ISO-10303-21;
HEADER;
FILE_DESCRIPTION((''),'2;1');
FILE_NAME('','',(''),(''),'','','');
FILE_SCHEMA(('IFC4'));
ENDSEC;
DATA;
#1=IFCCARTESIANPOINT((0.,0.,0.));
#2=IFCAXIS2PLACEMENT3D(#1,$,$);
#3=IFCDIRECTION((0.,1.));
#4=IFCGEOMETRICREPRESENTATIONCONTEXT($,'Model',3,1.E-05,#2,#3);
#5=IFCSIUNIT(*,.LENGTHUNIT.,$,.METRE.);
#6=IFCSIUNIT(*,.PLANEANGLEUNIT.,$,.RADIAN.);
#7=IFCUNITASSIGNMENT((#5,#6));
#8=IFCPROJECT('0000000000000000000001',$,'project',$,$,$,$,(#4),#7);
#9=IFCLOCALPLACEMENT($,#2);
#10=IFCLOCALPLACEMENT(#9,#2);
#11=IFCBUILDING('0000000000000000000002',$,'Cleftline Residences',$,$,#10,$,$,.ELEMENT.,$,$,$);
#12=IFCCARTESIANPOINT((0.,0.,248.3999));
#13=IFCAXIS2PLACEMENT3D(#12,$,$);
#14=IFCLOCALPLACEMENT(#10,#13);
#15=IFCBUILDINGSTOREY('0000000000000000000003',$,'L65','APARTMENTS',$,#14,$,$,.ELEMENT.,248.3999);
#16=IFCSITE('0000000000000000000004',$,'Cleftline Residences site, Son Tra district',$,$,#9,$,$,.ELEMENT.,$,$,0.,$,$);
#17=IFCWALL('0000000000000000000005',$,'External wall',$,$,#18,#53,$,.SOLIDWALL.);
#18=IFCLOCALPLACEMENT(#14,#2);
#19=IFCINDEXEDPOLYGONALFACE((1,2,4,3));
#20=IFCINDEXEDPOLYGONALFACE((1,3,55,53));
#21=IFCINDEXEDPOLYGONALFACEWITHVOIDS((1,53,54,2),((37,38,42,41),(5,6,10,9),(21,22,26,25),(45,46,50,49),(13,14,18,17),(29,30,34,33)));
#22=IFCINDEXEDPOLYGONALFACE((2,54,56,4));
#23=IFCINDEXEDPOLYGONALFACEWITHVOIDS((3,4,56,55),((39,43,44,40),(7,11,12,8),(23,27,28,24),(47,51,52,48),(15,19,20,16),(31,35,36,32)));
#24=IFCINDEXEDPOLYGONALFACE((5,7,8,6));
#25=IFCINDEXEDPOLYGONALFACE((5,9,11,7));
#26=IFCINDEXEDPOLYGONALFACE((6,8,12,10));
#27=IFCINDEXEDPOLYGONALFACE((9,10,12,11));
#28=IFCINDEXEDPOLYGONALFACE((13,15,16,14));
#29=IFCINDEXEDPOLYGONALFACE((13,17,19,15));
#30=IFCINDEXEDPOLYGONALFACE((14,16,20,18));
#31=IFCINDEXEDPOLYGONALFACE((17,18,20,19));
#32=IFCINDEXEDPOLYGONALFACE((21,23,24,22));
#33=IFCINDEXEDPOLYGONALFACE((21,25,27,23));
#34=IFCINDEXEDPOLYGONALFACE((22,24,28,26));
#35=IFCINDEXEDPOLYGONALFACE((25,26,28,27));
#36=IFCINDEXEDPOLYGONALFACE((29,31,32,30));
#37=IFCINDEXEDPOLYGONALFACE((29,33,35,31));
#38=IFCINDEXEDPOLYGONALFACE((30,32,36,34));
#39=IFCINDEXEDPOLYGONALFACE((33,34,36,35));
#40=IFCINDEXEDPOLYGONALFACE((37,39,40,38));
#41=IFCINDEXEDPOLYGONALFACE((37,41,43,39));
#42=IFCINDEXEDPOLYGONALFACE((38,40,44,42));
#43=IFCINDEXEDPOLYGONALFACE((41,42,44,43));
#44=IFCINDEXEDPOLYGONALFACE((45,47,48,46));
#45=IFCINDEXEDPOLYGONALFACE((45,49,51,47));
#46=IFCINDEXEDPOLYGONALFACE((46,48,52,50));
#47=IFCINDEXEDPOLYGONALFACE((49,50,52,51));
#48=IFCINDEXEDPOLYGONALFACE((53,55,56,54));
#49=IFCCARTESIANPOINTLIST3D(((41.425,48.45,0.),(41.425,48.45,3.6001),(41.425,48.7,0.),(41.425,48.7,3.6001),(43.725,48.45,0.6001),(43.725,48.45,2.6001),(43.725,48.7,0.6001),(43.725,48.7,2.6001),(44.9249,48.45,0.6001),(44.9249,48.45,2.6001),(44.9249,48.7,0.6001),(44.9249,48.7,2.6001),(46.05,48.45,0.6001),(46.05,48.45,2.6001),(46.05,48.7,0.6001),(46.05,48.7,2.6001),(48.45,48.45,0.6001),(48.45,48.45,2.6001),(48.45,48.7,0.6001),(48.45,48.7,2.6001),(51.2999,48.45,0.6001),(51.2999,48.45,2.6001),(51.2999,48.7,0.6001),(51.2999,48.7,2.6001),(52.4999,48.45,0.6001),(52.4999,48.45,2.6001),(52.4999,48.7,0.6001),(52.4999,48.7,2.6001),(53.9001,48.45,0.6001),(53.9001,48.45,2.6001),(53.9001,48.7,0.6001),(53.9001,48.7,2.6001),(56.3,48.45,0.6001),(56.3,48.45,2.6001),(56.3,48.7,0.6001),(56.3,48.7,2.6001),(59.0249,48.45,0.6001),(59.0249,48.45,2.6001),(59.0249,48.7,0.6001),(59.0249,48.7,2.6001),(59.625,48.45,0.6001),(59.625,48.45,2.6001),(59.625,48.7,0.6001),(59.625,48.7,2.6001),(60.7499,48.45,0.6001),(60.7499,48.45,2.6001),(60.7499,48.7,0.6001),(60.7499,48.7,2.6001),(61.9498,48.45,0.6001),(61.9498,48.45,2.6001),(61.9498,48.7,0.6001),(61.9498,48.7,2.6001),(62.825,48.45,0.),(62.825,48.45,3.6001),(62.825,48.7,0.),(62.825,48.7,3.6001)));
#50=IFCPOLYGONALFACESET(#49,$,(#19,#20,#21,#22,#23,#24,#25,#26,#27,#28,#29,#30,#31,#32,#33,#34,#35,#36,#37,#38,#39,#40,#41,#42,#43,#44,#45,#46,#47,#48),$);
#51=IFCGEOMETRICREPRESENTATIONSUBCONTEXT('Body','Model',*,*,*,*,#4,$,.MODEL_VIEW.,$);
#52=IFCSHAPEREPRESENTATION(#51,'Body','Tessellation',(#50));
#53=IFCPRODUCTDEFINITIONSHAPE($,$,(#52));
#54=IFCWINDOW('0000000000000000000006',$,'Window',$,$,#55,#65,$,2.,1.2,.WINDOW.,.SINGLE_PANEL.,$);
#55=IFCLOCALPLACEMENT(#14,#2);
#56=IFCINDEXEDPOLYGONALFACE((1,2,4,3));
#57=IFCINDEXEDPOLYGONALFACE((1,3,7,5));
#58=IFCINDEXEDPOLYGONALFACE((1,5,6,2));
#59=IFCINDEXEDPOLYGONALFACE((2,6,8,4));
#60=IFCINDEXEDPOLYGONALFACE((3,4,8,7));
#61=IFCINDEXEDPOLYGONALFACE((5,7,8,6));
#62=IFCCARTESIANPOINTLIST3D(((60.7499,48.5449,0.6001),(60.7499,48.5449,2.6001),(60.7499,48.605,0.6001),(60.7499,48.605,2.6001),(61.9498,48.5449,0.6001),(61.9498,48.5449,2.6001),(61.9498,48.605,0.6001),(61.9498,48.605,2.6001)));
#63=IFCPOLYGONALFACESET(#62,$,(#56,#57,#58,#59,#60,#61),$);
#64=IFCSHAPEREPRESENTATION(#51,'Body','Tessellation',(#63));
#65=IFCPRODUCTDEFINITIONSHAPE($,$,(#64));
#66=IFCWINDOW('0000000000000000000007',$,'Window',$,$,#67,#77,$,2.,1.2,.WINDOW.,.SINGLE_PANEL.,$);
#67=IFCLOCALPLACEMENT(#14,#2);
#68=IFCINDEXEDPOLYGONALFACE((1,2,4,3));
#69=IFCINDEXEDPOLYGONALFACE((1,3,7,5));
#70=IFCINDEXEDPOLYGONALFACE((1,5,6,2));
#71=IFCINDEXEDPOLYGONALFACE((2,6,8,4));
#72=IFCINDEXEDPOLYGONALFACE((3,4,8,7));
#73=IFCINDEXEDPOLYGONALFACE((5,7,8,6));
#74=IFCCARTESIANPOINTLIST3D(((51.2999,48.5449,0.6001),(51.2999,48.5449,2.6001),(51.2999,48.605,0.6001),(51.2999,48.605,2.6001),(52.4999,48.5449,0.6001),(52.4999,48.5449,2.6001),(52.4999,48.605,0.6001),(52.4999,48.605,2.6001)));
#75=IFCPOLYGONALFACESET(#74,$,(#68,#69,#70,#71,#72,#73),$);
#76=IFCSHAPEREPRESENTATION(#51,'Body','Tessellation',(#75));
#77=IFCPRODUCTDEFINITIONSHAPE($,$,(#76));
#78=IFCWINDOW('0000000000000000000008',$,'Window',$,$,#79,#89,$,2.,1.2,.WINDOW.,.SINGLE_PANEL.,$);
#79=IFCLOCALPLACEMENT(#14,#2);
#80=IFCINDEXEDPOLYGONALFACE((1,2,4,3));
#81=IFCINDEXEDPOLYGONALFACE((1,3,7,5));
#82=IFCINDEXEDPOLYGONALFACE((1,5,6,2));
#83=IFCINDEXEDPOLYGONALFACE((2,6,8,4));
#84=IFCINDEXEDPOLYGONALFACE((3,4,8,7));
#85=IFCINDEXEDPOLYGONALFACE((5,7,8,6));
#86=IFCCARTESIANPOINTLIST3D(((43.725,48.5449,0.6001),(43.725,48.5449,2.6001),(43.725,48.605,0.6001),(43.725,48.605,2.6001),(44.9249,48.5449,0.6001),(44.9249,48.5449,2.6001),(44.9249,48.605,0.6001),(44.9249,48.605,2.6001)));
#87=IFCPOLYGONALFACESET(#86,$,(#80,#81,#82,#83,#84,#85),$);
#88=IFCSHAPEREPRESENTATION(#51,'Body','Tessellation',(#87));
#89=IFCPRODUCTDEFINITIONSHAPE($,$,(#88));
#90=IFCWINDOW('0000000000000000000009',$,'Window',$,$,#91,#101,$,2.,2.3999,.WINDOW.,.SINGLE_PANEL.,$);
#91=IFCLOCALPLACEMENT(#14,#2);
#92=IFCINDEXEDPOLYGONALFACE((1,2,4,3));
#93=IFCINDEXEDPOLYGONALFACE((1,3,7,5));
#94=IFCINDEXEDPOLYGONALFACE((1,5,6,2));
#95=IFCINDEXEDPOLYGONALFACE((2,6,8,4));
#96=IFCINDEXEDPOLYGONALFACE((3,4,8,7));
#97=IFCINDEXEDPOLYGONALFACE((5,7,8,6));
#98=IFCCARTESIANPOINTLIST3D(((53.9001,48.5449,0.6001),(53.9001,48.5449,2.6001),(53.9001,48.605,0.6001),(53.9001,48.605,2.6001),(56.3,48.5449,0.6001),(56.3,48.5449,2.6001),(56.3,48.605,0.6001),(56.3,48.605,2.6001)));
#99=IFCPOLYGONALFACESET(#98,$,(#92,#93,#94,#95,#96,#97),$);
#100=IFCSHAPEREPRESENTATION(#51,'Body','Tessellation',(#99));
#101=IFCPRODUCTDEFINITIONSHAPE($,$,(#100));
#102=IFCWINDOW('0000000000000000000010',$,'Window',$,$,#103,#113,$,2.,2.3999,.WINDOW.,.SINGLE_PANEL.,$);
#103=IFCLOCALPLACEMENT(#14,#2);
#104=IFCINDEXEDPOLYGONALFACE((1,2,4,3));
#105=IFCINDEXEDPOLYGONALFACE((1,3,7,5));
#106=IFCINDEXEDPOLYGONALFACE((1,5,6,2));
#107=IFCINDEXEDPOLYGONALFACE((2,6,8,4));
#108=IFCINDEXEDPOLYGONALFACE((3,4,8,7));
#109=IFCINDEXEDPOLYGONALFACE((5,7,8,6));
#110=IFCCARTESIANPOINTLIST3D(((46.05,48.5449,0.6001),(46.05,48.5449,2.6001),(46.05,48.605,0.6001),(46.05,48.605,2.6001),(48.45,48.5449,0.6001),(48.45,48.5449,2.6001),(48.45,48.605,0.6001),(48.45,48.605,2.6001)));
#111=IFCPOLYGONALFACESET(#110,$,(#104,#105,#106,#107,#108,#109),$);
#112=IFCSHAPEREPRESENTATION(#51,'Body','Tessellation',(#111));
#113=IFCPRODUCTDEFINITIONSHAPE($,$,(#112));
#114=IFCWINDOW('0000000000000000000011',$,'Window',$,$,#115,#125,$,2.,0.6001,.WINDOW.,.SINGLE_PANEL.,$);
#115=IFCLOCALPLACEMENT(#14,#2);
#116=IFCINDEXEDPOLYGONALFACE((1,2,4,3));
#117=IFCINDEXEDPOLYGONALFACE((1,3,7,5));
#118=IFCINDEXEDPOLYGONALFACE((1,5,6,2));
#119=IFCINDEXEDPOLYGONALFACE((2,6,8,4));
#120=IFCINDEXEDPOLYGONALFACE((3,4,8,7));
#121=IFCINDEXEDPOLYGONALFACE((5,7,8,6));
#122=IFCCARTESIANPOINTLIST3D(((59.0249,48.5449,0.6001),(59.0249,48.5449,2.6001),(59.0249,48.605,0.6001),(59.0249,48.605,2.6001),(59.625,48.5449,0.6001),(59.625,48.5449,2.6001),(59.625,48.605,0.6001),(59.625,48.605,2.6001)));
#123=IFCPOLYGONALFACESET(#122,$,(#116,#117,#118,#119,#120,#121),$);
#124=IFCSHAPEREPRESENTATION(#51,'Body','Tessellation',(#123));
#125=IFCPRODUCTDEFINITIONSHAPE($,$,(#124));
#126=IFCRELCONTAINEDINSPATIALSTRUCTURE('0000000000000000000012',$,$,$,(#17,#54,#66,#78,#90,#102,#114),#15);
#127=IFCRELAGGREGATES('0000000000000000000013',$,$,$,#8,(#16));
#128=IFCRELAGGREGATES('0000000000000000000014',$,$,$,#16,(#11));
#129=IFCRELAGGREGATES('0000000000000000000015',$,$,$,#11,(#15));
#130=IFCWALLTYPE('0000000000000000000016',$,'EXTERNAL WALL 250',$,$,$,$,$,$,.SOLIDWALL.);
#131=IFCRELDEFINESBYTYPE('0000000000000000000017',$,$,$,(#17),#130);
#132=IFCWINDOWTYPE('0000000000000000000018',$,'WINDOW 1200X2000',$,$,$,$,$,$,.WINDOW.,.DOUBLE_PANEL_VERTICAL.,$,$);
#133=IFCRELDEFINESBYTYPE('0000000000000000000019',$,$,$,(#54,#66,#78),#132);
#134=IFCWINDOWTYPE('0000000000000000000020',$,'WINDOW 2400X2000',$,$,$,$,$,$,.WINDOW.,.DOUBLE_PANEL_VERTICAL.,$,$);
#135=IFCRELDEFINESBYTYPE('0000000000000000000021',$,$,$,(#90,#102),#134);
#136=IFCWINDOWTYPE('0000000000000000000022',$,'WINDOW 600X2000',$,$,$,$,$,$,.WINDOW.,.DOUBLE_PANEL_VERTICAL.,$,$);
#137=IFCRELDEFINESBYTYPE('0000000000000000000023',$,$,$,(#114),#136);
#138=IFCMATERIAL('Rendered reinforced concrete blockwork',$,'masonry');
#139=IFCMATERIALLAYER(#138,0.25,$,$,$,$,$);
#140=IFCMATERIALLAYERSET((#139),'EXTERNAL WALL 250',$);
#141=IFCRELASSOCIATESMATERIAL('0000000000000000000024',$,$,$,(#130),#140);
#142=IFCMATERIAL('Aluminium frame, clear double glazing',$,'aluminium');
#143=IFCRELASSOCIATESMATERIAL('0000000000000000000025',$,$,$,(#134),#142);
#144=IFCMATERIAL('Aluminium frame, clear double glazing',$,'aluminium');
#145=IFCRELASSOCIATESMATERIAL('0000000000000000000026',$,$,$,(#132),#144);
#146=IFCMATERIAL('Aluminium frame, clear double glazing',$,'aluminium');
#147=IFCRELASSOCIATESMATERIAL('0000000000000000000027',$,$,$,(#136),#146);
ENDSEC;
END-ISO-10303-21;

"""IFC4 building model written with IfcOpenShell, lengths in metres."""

from ifc_helpers import new_model, si_unit, direction, frame, frame_2d, origin, place, context, subcontext, project, spatial, rectangle, extrude, material, layer, layer_set, type_object, element, fill, save


model = new_model("IFC4")

# Units and contexts
model_context = context("Model", 3, precision=1e-05, world=origin(), true_north=direction((0.0, 1.0)))
body_context = subcontext(model_context, "Body", "Model", "MODEL_VIEW")
ifc_project = project(units=[si_unit("LENGTHUNIT", "METRE"), si_unit("PLANEANGLEUNIT", "RADIAN")], contexts=[model_context])

# Site, building, storey
site_placement = place(None, origin())
site = spatial("IfcSite", under=ifc_project, at=site_placement, Name="Cleftline Residences site, Son Tra district", CompositionType="ELEMENT", RefElevation=0.0)
building_placement = place(site_placement, origin())
building = spatial("IfcBuilding", under=site, at=building_placement, Name="Cleftline Residences", CompositionType="ELEMENT")
storey_placement = place(building_placement, frame((0.0, 0.0, 248.3999)))
storey = spatial("IfcBuildingStorey", under=building, at=storey_placement, Name="L65", Description="APARTMENTS", CompositionType="ELEMENT", Elevation=248.3999)

# Shared definitions
ifc_material_1 = material(Name="Rendered reinforced concrete blockwork", Category="masonry")
ifc_layer_1 = layer(ifc_material_1, 0.25)
ifc_layer_set_1 = layer_set([ifc_layer_1], Name="EXTERNAL WALL 250")
wall_type_1 = type_object("IfcWallType", Name="EXTERNAL WALL 250", PredefinedType="SOLIDWALL", material=ifc_layer_set_1)
ifc_material_2 = material(Name="Aluminium frame, clear double glazing", Category="aluminium")
window_type_1 = type_object("IfcWindowType", Name="WINDOW 2400X2000", PartitioningType="DOUBLE_PANEL_VERTICAL", PredefinedType="WINDOW", material=ifc_material_2)

# Wall, openings, windows
wall_1_placement = place(storey_placement, frame((62.825, 48.575, 0.0), z_axis=(0.0, 0.0, 1.0), x_axis=(-1.0, 0.0, 0.0)))
wall_1 = element("IfcWall", 1, at=wall_1_placement, inside=storey, type_object=wall_type_1, Name="External wall", PredefinedType="SOLIDWALL", context=body_context, shape_type="SweptSolid", body=[
    extrude(rectangle(XDim=21.3999, YDim=0.25, at=frame_2d((10.7, 0.0))), origin(), (0.0, 0.0, 1.0), 3.6001),
])
opening_1_placement = place(wall_1_placement, frame((0.875, 0.0, 0.6001)))
opening_1 = element("IfcOpeningElement", 2, at=opening_1_placement, cuts=wall_1, PredefinedType="OPENING", context=body_context, shape_type="SweptSolid", body=[
    extrude(rectangle(XDim=1.2, YDim=2.0, at=frame_2d((0.6001, 1.0))), frame((0.0, 0.135, 0.0), z_axis=(0.0, -1.0, 0.0), x_axis=(1.0, 0.0, 0.0)), (0.0, 0.0, 1.0), 0.27),
])
opening_2_placement = place(wall_1_placement, frame((3.2, 0.0, 0.6001)))
opening_2 = element("IfcOpeningElement", 3, at=opening_2_placement, cuts=wall_1, PredefinedType="OPENING", context=body_context, shape_type="SweptSolid", body=[
    extrude(rectangle(XDim=0.6001, YDim=2.0, at=frame_2d((0.3, 1.0))), frame((0.0, 0.135, 0.0), z_axis=(0.0, -1.0, 0.0), x_axis=(1.0, 0.0, 0.0)), (0.0, 0.0, 1.0), 0.27),
])
opening_3_placement = place(wall_1_placement, frame((6.5249, 0.0, 0.6001)))
opening_3 = element("IfcOpeningElement", 4, at=opening_3_placement, cuts=wall_1, PredefinedType="OPENING", context=body_context, shape_type="SweptSolid", body=[
    extrude(rectangle(XDim=2.3999, YDim=2.0, at=frame_2d((1.2, 1.0))), frame((0.0, 0.135, 0.0), z_axis=(0.0, -1.0, 0.0), x_axis=(1.0, 0.0, 0.0)), (0.0, 0.0, 1.0), 0.27),
])
opening_4_placement = place(wall_1_placement, frame((10.325, 0.0, 0.6001)))
opening_4 = element("IfcOpeningElement", 5, at=opening_4_placement, cuts=wall_1, PredefinedType="OPENING", context=body_context, shape_type="SweptSolid", body=[
    extrude(rectangle(XDim=1.2, YDim=2.0, at=frame_2d((0.6001, 1.0))), frame((0.0, 0.135, 0.0), z_axis=(0.0, -1.0, 0.0), x_axis=(1.0, 0.0, 0.0)), (0.0, 0.0, 1.0), 0.27),
])
opening_5_placement = place(wall_1_placement, frame((14.375, 0.0, 0.6001)))
opening_5 = element("IfcOpeningElement", 6, at=opening_5_placement, cuts=wall_1, PredefinedType="OPENING", context=body_context, shape_type="SweptSolid", body=[
    extrude(rectangle(XDim=2.3999, YDim=2.0, at=frame_2d((1.2, 1.0))), frame((0.0, 0.135, 0.0), z_axis=(0.0, -1.0, 0.0), x_axis=(1.0, 0.0, 0.0)), (0.0, 0.0, 1.0), 0.27),
])
opening_6_placement = place(wall_1_placement, frame((17.8999, 0.0, 0.6001)))
opening_6 = element("IfcOpeningElement", 7, at=opening_6_placement, cuts=wall_1, PredefinedType="OPENING", context=body_context, shape_type="SweptSolid", body=[
    extrude(rectangle(XDim=1.2, YDim=2.0, at=frame_2d((0.6001, 1.0))), frame((0.0, 0.135, 0.0), z_axis=(0.0, -1.0, 0.0), x_axis=(1.0, 0.0, 0.0)), (0.0, 0.0, 1.0), 0.27),
])
ifc_material_3 = material(Name="Aluminium frame, clear double glazing", Category="aluminium")
window_type_2 = type_object("IfcWindowType", Name="WINDOW 1200X2000", PartitioningType="DOUBLE_PANEL_VERTICAL", PredefinedType="WINDOW", material=ifc_material_3)
window_1_placement = place(opening_1_placement, origin())
window_1 = element("IfcWindow", 8, at=window_1_placement, inside=storey, type_object=window_type_2, Name="Window", OverallHeight=2.0, OverallWidth=1.2, PartitioningType="SINGLE_PANEL", PredefinedType="WINDOW", context=body_context, shape_type="SweptSolid", body=[
    extrude(rectangle(XDim=1.2, YDim=2.0, at=frame_2d((0.6001, 1.0))), frame((0.0, 0.03, 0.0), z_axis=(0.0, -1.0, 0.0), x_axis=(1.0, 0.0, 0.0)), (0.0, 0.0, 1.0), 0.0601),
])
fill(opening_1, window_1)
window_2_placement = place(opening_4_placement, origin())
window_2 = element("IfcWindow", 9, at=window_2_placement, inside=storey, type_object=window_type_2, Name="Window", OverallHeight=2.0, OverallWidth=1.2, PartitioningType="SINGLE_PANEL", PredefinedType="WINDOW", context=body_context, shape_type="SweptSolid", body=[
    extrude(rectangle(XDim=1.2, YDim=2.0, at=frame_2d((0.6001, 1.0))), frame((0.0, 0.03, 0.0), z_axis=(0.0, -1.0, 0.0), x_axis=(1.0, 0.0, 0.0)), (0.0, 0.0, 1.0), 0.0601),
])
fill(opening_4, window_2)
window_3_placement = place(opening_6_placement, origin())
window_3 = element("IfcWindow", 10, at=window_3_placement, inside=storey, type_object=window_type_2, Name="Window", OverallHeight=2.0, OverallWidth=1.2, PartitioningType="SINGLE_PANEL", PredefinedType="WINDOW", context=body_context, shape_type="SweptSolid", body=[
    extrude(rectangle(XDim=1.2, YDim=2.0, at=frame_2d((0.6001, 1.0))), frame((0.0, 0.03, 0.0), z_axis=(0.0, -1.0, 0.0), x_axis=(1.0, 0.0, 0.0)), (0.0, 0.0, 1.0), 0.0601),
])
fill(opening_6, window_3)
window_4_placement = place(opening_3_placement, origin())
window_4 = element("IfcWindow", 11, at=window_4_placement, inside=storey, type_object=window_type_1, Name="Window", OverallHeight=2.0, OverallWidth=2.3999, PartitioningType="SINGLE_PANEL", PredefinedType="WINDOW", context=body_context, shape_type="SweptSolid", body=[
    extrude(rectangle(XDim=2.3999, YDim=2.0, at=frame_2d((1.2, 1.0))), frame((0.0, 0.03, 0.0), z_axis=(0.0, -1.0, 0.0), x_axis=(1.0, 0.0, 0.0)), (0.0, 0.0, 1.0), 0.0601),
])
fill(opening_3, window_4)
window_5_placement = place(opening_5_placement, origin())
window_5 = element("IfcWindow", 12, at=window_5_placement, inside=storey, type_object=window_type_1, Name="Window", OverallHeight=2.0, OverallWidth=2.3999, PartitioningType="SINGLE_PANEL", PredefinedType="WINDOW", context=body_context, shape_type="SweptSolid", body=[
    extrude(rectangle(XDim=2.3999, YDim=2.0, at=frame_2d((1.2, 1.0))), frame((0.0, 0.03, 0.0), z_axis=(0.0, -1.0, 0.0), x_axis=(1.0, 0.0, 0.0)), (0.0, 0.0, 1.0), 0.0601),
])
fill(opening_5, window_5)
ifc_material_4 = material(Name="Aluminium frame, clear double glazing", Category="aluminium")
window_type_3 = type_object("IfcWindowType", Name="WINDOW 600X2000", PartitioningType="DOUBLE_PANEL_VERTICAL", PredefinedType="WINDOW", material=ifc_material_4)
window_6_placement = place(opening_2_placement, origin())
window_6 = element("IfcWindow", 13, at=window_6_placement, inside=storey, type_object=window_type_3, Name="Window", OverallHeight=2.0, OverallWidth=0.6001, PartitioningType="SINGLE_PANEL", PredefinedType="WINDOW", context=body_context, shape_type="SweptSolid", body=[
    extrude(rectangle(XDim=0.6001, YDim=2.0, at=frame_2d((0.3, 1.0))), frame((0.0, 0.03, 0.0), z_axis=(0.0, -1.0, 0.0), x_axis=(1.0, 0.0, 0.0)), (0.0, 0.0, 1.0), 0.0601),
])
fill(opening_2, window_6)

save(model, "model.ifc")
